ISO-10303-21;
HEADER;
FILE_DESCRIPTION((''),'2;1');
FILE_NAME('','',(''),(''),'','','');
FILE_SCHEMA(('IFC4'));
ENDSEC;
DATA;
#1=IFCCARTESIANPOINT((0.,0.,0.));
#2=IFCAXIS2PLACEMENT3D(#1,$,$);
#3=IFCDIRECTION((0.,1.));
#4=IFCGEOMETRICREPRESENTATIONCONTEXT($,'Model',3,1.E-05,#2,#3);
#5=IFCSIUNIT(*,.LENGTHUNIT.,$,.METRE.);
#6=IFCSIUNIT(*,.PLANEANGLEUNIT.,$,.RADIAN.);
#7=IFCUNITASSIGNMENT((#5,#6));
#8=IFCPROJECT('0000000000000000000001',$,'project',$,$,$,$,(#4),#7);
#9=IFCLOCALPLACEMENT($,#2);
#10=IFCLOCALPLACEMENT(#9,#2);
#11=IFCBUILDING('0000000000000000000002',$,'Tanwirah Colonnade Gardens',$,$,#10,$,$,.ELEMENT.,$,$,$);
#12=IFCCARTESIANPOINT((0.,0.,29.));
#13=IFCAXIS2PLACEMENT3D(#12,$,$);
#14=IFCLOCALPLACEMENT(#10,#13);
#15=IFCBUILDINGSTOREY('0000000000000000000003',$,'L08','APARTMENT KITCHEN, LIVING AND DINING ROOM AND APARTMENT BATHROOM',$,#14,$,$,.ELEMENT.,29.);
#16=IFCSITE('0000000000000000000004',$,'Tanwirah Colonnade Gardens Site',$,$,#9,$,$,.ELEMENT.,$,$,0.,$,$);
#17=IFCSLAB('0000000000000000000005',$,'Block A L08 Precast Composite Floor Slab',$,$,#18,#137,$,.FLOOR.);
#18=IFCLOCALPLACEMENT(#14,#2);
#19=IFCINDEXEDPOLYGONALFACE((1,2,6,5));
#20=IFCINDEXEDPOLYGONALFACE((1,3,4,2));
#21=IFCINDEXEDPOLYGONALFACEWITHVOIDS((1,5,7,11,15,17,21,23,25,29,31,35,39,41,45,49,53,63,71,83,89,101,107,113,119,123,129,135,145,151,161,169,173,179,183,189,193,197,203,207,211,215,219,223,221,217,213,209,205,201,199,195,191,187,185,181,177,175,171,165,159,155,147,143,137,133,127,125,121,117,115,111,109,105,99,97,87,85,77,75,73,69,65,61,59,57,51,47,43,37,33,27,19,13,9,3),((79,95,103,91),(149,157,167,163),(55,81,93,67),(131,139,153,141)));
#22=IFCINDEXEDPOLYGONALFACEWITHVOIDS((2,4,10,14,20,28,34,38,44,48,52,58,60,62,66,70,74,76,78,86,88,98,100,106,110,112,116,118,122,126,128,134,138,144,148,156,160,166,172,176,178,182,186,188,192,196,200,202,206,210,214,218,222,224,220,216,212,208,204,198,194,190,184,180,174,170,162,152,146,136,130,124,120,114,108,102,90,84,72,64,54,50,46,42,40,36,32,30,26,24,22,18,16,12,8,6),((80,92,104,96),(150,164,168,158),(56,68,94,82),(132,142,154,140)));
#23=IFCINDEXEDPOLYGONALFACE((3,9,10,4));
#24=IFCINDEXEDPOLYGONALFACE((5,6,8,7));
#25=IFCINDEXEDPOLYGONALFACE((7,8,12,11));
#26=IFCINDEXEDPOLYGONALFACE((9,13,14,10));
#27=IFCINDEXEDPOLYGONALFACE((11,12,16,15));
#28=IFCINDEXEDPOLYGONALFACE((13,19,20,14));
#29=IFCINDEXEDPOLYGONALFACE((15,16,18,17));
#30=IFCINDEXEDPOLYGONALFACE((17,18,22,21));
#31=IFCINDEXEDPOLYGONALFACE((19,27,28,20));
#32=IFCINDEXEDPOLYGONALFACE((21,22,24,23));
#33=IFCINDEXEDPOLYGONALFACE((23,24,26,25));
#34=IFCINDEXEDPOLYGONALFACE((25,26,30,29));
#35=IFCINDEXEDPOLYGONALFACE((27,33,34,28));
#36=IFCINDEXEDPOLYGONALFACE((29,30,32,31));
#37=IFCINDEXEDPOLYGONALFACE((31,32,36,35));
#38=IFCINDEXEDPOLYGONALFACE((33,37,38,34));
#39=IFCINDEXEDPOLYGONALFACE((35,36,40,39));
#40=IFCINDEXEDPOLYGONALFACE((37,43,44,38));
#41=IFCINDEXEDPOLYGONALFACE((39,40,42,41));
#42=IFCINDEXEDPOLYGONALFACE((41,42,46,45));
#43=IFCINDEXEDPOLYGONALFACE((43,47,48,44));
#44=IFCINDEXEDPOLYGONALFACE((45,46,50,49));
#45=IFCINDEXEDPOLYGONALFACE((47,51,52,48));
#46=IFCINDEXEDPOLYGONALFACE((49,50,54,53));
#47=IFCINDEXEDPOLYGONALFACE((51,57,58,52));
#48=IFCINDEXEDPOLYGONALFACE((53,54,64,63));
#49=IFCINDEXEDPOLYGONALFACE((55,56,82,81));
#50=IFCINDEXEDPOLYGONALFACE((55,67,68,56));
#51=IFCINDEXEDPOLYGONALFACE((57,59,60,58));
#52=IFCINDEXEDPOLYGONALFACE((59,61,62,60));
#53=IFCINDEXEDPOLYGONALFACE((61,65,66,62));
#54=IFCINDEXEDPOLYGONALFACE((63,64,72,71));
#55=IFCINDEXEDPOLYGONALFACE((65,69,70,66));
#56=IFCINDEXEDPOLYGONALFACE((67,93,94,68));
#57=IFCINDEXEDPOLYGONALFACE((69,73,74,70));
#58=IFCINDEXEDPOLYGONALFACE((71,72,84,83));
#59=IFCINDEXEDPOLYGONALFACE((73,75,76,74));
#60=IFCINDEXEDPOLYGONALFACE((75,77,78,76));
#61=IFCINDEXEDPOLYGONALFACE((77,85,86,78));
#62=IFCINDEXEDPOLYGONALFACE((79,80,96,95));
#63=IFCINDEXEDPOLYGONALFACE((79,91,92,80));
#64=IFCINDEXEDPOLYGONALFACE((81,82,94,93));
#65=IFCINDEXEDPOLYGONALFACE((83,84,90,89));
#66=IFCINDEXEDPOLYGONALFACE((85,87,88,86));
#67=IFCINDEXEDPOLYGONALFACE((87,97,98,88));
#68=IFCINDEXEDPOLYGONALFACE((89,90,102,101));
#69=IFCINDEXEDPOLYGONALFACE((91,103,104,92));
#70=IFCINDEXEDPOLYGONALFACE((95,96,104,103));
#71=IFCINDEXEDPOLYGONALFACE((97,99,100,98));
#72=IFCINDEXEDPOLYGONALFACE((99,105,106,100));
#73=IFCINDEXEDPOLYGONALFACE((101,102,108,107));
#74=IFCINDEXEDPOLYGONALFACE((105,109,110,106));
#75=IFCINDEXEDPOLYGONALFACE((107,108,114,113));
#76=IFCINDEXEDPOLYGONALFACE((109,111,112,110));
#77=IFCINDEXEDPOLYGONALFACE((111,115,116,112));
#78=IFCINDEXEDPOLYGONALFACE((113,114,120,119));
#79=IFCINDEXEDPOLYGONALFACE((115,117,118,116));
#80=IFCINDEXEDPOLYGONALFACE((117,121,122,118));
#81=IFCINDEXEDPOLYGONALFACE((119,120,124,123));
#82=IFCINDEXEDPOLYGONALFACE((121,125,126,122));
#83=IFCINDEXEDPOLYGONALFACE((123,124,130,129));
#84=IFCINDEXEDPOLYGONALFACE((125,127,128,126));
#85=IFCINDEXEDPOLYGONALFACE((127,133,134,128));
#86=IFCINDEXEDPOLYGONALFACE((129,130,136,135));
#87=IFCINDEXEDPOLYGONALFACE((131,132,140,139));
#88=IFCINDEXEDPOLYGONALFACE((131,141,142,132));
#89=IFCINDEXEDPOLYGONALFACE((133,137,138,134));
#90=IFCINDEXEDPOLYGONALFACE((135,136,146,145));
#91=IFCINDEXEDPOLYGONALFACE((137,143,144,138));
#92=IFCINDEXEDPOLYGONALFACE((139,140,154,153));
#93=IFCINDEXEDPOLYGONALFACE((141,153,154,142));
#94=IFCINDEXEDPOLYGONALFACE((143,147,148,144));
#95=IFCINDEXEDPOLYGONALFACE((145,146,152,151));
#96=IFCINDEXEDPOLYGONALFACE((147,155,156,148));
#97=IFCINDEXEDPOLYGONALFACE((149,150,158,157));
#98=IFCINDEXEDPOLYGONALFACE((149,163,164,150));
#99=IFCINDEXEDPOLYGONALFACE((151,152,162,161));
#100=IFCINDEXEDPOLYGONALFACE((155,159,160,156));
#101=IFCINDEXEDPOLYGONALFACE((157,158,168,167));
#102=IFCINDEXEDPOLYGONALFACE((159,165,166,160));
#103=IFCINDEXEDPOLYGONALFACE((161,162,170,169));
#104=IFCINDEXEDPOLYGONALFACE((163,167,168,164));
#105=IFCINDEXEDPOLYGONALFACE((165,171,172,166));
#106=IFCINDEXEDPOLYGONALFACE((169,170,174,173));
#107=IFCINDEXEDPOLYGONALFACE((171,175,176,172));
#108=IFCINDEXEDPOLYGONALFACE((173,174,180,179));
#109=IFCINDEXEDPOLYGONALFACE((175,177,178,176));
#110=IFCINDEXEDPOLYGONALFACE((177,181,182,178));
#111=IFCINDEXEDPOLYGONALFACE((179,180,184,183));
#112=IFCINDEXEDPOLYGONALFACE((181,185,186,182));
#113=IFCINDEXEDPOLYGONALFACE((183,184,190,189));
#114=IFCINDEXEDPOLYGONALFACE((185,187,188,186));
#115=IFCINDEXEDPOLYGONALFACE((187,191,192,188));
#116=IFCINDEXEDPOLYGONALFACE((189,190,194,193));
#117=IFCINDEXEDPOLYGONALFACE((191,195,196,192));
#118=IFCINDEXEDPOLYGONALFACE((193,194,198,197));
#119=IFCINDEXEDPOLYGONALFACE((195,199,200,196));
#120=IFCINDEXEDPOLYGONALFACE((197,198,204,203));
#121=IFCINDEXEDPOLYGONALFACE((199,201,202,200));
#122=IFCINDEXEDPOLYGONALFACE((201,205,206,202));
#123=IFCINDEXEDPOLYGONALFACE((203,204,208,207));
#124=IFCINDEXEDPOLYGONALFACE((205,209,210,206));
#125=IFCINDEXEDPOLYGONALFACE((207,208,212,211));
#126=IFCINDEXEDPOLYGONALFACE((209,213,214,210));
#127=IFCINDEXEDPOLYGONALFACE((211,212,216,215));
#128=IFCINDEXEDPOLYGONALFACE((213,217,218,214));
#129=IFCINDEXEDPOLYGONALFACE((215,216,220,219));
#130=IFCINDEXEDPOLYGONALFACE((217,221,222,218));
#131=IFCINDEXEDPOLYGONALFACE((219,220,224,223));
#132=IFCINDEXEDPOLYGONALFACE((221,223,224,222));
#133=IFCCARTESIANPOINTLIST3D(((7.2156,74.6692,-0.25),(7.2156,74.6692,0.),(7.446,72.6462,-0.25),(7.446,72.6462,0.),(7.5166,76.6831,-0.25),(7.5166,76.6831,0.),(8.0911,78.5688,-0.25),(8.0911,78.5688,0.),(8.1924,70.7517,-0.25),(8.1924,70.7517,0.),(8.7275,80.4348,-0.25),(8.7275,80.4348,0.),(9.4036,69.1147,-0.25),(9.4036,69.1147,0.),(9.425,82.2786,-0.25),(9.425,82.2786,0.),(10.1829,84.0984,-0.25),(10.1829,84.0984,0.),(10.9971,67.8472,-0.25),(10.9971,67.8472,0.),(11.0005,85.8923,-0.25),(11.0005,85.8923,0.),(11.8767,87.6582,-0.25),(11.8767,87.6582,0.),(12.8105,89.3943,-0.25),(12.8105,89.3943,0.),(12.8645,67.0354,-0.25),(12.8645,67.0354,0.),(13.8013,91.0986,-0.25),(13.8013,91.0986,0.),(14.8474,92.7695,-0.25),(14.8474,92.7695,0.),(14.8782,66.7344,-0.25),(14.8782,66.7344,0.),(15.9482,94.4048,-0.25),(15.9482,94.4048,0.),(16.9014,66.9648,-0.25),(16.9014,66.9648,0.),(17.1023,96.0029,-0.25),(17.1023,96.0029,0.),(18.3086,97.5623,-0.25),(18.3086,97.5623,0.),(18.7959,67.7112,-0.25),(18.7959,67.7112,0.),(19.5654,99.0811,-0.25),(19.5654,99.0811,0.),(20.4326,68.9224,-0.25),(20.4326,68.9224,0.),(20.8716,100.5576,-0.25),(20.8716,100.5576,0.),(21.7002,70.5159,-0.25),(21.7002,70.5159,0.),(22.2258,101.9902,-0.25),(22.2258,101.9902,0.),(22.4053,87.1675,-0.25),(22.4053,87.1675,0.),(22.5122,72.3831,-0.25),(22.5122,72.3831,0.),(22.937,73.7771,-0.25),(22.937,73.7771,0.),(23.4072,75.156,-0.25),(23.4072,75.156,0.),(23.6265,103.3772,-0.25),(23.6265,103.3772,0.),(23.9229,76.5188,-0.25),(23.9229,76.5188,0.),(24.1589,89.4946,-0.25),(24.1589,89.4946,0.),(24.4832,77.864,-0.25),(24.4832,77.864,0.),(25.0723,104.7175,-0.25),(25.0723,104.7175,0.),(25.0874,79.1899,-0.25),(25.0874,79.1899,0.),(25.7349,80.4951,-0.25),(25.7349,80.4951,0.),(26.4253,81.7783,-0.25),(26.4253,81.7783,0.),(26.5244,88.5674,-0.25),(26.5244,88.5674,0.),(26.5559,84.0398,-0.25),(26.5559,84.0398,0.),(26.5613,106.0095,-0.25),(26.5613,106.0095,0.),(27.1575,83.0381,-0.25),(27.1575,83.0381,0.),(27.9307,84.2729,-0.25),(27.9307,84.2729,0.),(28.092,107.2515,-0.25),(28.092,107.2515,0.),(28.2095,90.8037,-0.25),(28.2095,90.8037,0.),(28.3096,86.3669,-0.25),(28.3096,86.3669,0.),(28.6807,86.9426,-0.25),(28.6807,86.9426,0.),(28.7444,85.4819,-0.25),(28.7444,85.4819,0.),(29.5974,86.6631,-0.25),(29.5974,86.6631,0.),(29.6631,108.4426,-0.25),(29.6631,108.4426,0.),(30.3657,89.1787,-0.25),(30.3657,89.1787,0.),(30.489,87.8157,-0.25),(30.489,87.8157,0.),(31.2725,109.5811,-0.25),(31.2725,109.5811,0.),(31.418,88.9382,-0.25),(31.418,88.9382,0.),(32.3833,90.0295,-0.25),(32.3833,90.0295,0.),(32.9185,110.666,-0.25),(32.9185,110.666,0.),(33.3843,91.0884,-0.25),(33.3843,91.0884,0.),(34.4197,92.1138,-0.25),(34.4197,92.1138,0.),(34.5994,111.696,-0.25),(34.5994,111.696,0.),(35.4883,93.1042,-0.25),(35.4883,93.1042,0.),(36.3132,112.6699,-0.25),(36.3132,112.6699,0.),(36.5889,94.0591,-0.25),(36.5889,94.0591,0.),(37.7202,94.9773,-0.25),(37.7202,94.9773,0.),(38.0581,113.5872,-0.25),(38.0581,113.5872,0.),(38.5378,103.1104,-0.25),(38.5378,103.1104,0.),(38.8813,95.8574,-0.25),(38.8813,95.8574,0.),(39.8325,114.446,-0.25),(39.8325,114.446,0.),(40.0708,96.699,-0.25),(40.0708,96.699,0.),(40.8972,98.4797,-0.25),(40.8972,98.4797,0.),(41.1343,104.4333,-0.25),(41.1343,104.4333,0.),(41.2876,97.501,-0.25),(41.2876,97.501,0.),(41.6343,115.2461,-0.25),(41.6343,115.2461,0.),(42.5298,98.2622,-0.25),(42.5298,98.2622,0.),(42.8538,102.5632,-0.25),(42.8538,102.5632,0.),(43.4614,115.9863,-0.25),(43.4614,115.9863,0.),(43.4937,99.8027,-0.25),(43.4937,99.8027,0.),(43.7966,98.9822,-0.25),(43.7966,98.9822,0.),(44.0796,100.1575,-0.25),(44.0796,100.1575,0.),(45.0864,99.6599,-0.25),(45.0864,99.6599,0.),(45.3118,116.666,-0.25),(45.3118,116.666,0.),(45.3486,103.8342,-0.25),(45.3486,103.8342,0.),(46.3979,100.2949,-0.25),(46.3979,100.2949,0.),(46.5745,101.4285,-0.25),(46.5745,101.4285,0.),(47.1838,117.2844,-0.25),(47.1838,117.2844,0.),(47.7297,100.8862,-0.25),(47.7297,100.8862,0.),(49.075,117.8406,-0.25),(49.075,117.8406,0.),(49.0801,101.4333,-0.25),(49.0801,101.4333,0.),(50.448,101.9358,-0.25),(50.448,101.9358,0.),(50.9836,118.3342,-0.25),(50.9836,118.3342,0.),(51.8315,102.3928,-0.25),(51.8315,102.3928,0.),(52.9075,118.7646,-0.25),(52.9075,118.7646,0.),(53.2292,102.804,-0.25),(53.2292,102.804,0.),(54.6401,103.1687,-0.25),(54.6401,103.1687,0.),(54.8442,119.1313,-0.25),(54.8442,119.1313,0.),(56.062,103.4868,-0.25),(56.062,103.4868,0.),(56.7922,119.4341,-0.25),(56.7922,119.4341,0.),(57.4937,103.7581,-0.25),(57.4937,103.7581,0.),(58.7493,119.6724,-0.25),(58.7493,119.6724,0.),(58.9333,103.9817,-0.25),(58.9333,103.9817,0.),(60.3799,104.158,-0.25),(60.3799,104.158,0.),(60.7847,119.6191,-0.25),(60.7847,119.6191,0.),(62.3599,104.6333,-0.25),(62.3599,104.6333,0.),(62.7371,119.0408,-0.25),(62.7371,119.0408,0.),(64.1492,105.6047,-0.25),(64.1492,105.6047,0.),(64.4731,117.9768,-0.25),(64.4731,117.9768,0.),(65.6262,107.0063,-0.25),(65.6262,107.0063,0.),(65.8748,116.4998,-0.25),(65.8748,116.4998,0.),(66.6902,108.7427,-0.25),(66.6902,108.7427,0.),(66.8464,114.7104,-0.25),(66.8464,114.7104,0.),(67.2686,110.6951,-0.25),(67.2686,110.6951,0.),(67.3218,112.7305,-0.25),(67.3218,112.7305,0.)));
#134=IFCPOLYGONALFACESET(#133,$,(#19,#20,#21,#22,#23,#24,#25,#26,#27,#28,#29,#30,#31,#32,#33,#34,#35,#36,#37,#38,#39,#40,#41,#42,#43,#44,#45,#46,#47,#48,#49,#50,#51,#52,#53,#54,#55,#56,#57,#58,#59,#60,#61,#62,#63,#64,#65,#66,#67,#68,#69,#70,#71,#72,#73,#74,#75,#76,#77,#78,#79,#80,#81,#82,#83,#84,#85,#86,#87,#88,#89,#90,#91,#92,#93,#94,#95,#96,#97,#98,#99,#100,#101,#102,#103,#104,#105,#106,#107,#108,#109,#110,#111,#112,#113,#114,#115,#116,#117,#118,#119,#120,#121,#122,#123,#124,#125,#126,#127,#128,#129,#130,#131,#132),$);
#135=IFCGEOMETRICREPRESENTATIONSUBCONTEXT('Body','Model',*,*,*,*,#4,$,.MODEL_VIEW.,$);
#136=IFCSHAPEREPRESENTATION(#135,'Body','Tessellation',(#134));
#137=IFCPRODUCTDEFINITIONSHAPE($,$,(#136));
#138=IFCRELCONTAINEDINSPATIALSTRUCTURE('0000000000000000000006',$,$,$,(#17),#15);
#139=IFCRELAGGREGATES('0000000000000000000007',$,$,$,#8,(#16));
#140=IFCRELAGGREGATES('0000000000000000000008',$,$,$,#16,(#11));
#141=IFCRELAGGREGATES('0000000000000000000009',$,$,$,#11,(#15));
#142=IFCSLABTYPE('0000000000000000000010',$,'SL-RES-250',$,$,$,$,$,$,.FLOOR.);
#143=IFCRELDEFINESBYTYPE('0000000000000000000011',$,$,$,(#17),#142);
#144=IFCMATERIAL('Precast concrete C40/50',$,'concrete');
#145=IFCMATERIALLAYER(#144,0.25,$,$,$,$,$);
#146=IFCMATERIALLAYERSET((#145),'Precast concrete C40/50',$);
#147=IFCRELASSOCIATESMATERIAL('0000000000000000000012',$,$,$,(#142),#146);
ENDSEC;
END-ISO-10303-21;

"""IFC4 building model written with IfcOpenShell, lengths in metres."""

from ifc_helpers import new_model, si_unit, direction, frame, origin, place, context, subcontext, project, spatial, polyline, outline, extrude, material, layer, layer_set, type_object, element, save


model = new_model("IFC4")

# Units and contexts
model_context = context("Model", 3, precision=1e-05, world=origin(), true_north=direction((0.0, 1.0)))
body_context = subcontext(model_context, "Body", "Model", "MODEL_VIEW")
ifc_project = project(units=[si_unit("LENGTHUNIT", "METRE"), si_unit("PLANEANGLEUNIT", "RADIAN")], contexts=[model_context])

# Site, building, storey
site_placement = place(None, origin())
site = spatial("IfcSite", under=ifc_project, at=site_placement, Name="Tanwirah Colonnade Gardens Site", CompositionType="ELEMENT", RefElevation=0.0)
building_placement = place(site_placement, origin())
building = spatial("IfcBuilding", under=site, at=building_placement, Name="Tanwirah Colonnade Gardens", CompositionType="ELEMENT")
storey_placement = place(building_placement, frame((0.0, 0.0, 29.0)))
storey = spatial("IfcBuildingStorey", under=building, at=storey_placement, Name="L08", Description="APARTMENT KITCHEN, LIVING AND DINING ROOM AND APARTMENT BATHROOM", CompositionType="ELEMENT", Elevation=29.0)

# Shared definitions
ifc_material_1 = material(Name="Precast concrete C40/50", Category="concrete")

# Slab
ifc_layer_1 = layer(ifc_material_1, 0.25)
ifc_layer_set_1 = layer_set([ifc_layer_1], Name="Precast concrete C40/50")
slab_type_1 = type_object("IfcSlabType", Name="SL-RES-250", PredefinedType="FLOOR", material=ifc_layer_set_1)
slab_1_placement = place(storey_placement, frame((0.0, 0.0, -0.25)))
element("IfcSlab", 1, at=slab_1_placement, inside=storey, type_object=slab_type_1, Name="Block A L08 Precast Composite Floor Slab", PredefinedType="FLOOR", context=body_context, shape_type="SweptSolid", body=[
    extrude(outline(polyline([(57.4937, 103.7581), (58.9333, 103.9817), (60.3799, 104.158), (62.3599, 104.6333), (64.1492, 105.6047), (65.6262, 107.0063), (66.6902, 108.7427), (67.2686, 110.6951), (67.3218, 112.7305), (66.8464, 114.7104), (65.8748, 116.4998), (64.4731, 117.9768), (62.7371, 119.0408), (60.7847, 119.6191), (58.7493, 119.6724), (56.7922, 119.4341), (54.8442, 119.1313), (52.9075, 118.7646), (50.9836, 118.3342), (49.075, 117.8406), (47.1838, 117.2844), (45.3118, 116.666), (43.4614, 115.9863), (41.6343, 115.2461), (39.8325, 114.446), (38.0581, 113.5872), (36.3132, 112.6699), (34.5994, 111.696), (32.9185, 110.666), (31.2725, 109.5811), (29.6631, 108.4426), (28.092, 107.2515), (26.5613, 106.0095), (25.0723, 104.7175), (23.6265, 103.3772), (22.2258, 101.9902), (20.8716, 100.5576), (19.5654, 99.0811), (18.3086, 97.5623), (17.1023, 96.0029), (15.9482, 94.4048), (14.8474, 92.7695), (13.8013, 91.0986), (12.8105, 89.3943), (11.8767, 87.6582), (11.0005, 85.8923), (10.1829, 84.0984), (9.425, 82.2786), (8.7275, 80.4348), (8.0911, 78.5688), (7.5166, 76.6831), (7.2156, 74.6692), (7.446, 72.6462), (8.1924, 70.7517), (9.4036, 69.1147), (10.9971, 67.8472), (12.8645, 67.0354), (14.8782, 66.7344), (16.9014, 66.9648), (18.7959, 67.7112), (20.4326, 68.9224), (21.7002, 70.5159), (22.5122, 72.3831), (22.937, 73.7771), (23.4072, 75.156), (23.9229, 76.5188), (24.4832, 77.864), (25.0874, 79.1899), (25.7349, 80.4951), (26.4253, 81.7783), (27.1575, 83.0381), (27.9307, 84.2729), (28.7444, 85.4819), (29.5974, 86.6631), (30.489, 87.8157), (31.418, 88.9382), (32.3833, 90.0295), (33.3843, 91.0884), (34.4197, 92.1138), (35.4883, 93.1042), (36.5889, 94.0591), (37.7202, 94.9773), (38.8813, 95.8574), (40.0708, 96.699), (41.2876, 97.501), (42.5298, 98.2622), (43.7966, 98.9822), (45.0864, 99.6599), (46.3979, 100.2949), (47.7297, 100.8862), (49.0801, 101.4333), (50.448, 101.9358), (51.8315, 102.3928), (53.2292, 102.804), (54.6401, 103.1687), (56.062, 103.4868), (57.4937, 103.7581)]), holes=[polyline([(41.1343, 104.4333), (43.4937, 99.8027), (40.8972, 98.4797), (38.5378, 103.1104), (41.1343, 104.4333)]), polyline([(46.5745, 101.4285), (44.0796, 100.1575), (42.8538, 102.5632), (45.3486, 103.8342), (46.5745, 101.4285)]), polyline([(26.5559, 84.0398), (22.4053, 87.1675), (24.1589, 89.4946), (28.3096, 86.3669), (26.5559, 84.0398)]), polyline([(26.5244, 88.5674), (28.2095, 90.8037), (30.3657, 89.1787), (28.6807, 86.9426), (26.5244, 88.5674)])]), origin(), (0.0, 0.0, 1.0), 0.25),
])

save(model, "model.ifc")
